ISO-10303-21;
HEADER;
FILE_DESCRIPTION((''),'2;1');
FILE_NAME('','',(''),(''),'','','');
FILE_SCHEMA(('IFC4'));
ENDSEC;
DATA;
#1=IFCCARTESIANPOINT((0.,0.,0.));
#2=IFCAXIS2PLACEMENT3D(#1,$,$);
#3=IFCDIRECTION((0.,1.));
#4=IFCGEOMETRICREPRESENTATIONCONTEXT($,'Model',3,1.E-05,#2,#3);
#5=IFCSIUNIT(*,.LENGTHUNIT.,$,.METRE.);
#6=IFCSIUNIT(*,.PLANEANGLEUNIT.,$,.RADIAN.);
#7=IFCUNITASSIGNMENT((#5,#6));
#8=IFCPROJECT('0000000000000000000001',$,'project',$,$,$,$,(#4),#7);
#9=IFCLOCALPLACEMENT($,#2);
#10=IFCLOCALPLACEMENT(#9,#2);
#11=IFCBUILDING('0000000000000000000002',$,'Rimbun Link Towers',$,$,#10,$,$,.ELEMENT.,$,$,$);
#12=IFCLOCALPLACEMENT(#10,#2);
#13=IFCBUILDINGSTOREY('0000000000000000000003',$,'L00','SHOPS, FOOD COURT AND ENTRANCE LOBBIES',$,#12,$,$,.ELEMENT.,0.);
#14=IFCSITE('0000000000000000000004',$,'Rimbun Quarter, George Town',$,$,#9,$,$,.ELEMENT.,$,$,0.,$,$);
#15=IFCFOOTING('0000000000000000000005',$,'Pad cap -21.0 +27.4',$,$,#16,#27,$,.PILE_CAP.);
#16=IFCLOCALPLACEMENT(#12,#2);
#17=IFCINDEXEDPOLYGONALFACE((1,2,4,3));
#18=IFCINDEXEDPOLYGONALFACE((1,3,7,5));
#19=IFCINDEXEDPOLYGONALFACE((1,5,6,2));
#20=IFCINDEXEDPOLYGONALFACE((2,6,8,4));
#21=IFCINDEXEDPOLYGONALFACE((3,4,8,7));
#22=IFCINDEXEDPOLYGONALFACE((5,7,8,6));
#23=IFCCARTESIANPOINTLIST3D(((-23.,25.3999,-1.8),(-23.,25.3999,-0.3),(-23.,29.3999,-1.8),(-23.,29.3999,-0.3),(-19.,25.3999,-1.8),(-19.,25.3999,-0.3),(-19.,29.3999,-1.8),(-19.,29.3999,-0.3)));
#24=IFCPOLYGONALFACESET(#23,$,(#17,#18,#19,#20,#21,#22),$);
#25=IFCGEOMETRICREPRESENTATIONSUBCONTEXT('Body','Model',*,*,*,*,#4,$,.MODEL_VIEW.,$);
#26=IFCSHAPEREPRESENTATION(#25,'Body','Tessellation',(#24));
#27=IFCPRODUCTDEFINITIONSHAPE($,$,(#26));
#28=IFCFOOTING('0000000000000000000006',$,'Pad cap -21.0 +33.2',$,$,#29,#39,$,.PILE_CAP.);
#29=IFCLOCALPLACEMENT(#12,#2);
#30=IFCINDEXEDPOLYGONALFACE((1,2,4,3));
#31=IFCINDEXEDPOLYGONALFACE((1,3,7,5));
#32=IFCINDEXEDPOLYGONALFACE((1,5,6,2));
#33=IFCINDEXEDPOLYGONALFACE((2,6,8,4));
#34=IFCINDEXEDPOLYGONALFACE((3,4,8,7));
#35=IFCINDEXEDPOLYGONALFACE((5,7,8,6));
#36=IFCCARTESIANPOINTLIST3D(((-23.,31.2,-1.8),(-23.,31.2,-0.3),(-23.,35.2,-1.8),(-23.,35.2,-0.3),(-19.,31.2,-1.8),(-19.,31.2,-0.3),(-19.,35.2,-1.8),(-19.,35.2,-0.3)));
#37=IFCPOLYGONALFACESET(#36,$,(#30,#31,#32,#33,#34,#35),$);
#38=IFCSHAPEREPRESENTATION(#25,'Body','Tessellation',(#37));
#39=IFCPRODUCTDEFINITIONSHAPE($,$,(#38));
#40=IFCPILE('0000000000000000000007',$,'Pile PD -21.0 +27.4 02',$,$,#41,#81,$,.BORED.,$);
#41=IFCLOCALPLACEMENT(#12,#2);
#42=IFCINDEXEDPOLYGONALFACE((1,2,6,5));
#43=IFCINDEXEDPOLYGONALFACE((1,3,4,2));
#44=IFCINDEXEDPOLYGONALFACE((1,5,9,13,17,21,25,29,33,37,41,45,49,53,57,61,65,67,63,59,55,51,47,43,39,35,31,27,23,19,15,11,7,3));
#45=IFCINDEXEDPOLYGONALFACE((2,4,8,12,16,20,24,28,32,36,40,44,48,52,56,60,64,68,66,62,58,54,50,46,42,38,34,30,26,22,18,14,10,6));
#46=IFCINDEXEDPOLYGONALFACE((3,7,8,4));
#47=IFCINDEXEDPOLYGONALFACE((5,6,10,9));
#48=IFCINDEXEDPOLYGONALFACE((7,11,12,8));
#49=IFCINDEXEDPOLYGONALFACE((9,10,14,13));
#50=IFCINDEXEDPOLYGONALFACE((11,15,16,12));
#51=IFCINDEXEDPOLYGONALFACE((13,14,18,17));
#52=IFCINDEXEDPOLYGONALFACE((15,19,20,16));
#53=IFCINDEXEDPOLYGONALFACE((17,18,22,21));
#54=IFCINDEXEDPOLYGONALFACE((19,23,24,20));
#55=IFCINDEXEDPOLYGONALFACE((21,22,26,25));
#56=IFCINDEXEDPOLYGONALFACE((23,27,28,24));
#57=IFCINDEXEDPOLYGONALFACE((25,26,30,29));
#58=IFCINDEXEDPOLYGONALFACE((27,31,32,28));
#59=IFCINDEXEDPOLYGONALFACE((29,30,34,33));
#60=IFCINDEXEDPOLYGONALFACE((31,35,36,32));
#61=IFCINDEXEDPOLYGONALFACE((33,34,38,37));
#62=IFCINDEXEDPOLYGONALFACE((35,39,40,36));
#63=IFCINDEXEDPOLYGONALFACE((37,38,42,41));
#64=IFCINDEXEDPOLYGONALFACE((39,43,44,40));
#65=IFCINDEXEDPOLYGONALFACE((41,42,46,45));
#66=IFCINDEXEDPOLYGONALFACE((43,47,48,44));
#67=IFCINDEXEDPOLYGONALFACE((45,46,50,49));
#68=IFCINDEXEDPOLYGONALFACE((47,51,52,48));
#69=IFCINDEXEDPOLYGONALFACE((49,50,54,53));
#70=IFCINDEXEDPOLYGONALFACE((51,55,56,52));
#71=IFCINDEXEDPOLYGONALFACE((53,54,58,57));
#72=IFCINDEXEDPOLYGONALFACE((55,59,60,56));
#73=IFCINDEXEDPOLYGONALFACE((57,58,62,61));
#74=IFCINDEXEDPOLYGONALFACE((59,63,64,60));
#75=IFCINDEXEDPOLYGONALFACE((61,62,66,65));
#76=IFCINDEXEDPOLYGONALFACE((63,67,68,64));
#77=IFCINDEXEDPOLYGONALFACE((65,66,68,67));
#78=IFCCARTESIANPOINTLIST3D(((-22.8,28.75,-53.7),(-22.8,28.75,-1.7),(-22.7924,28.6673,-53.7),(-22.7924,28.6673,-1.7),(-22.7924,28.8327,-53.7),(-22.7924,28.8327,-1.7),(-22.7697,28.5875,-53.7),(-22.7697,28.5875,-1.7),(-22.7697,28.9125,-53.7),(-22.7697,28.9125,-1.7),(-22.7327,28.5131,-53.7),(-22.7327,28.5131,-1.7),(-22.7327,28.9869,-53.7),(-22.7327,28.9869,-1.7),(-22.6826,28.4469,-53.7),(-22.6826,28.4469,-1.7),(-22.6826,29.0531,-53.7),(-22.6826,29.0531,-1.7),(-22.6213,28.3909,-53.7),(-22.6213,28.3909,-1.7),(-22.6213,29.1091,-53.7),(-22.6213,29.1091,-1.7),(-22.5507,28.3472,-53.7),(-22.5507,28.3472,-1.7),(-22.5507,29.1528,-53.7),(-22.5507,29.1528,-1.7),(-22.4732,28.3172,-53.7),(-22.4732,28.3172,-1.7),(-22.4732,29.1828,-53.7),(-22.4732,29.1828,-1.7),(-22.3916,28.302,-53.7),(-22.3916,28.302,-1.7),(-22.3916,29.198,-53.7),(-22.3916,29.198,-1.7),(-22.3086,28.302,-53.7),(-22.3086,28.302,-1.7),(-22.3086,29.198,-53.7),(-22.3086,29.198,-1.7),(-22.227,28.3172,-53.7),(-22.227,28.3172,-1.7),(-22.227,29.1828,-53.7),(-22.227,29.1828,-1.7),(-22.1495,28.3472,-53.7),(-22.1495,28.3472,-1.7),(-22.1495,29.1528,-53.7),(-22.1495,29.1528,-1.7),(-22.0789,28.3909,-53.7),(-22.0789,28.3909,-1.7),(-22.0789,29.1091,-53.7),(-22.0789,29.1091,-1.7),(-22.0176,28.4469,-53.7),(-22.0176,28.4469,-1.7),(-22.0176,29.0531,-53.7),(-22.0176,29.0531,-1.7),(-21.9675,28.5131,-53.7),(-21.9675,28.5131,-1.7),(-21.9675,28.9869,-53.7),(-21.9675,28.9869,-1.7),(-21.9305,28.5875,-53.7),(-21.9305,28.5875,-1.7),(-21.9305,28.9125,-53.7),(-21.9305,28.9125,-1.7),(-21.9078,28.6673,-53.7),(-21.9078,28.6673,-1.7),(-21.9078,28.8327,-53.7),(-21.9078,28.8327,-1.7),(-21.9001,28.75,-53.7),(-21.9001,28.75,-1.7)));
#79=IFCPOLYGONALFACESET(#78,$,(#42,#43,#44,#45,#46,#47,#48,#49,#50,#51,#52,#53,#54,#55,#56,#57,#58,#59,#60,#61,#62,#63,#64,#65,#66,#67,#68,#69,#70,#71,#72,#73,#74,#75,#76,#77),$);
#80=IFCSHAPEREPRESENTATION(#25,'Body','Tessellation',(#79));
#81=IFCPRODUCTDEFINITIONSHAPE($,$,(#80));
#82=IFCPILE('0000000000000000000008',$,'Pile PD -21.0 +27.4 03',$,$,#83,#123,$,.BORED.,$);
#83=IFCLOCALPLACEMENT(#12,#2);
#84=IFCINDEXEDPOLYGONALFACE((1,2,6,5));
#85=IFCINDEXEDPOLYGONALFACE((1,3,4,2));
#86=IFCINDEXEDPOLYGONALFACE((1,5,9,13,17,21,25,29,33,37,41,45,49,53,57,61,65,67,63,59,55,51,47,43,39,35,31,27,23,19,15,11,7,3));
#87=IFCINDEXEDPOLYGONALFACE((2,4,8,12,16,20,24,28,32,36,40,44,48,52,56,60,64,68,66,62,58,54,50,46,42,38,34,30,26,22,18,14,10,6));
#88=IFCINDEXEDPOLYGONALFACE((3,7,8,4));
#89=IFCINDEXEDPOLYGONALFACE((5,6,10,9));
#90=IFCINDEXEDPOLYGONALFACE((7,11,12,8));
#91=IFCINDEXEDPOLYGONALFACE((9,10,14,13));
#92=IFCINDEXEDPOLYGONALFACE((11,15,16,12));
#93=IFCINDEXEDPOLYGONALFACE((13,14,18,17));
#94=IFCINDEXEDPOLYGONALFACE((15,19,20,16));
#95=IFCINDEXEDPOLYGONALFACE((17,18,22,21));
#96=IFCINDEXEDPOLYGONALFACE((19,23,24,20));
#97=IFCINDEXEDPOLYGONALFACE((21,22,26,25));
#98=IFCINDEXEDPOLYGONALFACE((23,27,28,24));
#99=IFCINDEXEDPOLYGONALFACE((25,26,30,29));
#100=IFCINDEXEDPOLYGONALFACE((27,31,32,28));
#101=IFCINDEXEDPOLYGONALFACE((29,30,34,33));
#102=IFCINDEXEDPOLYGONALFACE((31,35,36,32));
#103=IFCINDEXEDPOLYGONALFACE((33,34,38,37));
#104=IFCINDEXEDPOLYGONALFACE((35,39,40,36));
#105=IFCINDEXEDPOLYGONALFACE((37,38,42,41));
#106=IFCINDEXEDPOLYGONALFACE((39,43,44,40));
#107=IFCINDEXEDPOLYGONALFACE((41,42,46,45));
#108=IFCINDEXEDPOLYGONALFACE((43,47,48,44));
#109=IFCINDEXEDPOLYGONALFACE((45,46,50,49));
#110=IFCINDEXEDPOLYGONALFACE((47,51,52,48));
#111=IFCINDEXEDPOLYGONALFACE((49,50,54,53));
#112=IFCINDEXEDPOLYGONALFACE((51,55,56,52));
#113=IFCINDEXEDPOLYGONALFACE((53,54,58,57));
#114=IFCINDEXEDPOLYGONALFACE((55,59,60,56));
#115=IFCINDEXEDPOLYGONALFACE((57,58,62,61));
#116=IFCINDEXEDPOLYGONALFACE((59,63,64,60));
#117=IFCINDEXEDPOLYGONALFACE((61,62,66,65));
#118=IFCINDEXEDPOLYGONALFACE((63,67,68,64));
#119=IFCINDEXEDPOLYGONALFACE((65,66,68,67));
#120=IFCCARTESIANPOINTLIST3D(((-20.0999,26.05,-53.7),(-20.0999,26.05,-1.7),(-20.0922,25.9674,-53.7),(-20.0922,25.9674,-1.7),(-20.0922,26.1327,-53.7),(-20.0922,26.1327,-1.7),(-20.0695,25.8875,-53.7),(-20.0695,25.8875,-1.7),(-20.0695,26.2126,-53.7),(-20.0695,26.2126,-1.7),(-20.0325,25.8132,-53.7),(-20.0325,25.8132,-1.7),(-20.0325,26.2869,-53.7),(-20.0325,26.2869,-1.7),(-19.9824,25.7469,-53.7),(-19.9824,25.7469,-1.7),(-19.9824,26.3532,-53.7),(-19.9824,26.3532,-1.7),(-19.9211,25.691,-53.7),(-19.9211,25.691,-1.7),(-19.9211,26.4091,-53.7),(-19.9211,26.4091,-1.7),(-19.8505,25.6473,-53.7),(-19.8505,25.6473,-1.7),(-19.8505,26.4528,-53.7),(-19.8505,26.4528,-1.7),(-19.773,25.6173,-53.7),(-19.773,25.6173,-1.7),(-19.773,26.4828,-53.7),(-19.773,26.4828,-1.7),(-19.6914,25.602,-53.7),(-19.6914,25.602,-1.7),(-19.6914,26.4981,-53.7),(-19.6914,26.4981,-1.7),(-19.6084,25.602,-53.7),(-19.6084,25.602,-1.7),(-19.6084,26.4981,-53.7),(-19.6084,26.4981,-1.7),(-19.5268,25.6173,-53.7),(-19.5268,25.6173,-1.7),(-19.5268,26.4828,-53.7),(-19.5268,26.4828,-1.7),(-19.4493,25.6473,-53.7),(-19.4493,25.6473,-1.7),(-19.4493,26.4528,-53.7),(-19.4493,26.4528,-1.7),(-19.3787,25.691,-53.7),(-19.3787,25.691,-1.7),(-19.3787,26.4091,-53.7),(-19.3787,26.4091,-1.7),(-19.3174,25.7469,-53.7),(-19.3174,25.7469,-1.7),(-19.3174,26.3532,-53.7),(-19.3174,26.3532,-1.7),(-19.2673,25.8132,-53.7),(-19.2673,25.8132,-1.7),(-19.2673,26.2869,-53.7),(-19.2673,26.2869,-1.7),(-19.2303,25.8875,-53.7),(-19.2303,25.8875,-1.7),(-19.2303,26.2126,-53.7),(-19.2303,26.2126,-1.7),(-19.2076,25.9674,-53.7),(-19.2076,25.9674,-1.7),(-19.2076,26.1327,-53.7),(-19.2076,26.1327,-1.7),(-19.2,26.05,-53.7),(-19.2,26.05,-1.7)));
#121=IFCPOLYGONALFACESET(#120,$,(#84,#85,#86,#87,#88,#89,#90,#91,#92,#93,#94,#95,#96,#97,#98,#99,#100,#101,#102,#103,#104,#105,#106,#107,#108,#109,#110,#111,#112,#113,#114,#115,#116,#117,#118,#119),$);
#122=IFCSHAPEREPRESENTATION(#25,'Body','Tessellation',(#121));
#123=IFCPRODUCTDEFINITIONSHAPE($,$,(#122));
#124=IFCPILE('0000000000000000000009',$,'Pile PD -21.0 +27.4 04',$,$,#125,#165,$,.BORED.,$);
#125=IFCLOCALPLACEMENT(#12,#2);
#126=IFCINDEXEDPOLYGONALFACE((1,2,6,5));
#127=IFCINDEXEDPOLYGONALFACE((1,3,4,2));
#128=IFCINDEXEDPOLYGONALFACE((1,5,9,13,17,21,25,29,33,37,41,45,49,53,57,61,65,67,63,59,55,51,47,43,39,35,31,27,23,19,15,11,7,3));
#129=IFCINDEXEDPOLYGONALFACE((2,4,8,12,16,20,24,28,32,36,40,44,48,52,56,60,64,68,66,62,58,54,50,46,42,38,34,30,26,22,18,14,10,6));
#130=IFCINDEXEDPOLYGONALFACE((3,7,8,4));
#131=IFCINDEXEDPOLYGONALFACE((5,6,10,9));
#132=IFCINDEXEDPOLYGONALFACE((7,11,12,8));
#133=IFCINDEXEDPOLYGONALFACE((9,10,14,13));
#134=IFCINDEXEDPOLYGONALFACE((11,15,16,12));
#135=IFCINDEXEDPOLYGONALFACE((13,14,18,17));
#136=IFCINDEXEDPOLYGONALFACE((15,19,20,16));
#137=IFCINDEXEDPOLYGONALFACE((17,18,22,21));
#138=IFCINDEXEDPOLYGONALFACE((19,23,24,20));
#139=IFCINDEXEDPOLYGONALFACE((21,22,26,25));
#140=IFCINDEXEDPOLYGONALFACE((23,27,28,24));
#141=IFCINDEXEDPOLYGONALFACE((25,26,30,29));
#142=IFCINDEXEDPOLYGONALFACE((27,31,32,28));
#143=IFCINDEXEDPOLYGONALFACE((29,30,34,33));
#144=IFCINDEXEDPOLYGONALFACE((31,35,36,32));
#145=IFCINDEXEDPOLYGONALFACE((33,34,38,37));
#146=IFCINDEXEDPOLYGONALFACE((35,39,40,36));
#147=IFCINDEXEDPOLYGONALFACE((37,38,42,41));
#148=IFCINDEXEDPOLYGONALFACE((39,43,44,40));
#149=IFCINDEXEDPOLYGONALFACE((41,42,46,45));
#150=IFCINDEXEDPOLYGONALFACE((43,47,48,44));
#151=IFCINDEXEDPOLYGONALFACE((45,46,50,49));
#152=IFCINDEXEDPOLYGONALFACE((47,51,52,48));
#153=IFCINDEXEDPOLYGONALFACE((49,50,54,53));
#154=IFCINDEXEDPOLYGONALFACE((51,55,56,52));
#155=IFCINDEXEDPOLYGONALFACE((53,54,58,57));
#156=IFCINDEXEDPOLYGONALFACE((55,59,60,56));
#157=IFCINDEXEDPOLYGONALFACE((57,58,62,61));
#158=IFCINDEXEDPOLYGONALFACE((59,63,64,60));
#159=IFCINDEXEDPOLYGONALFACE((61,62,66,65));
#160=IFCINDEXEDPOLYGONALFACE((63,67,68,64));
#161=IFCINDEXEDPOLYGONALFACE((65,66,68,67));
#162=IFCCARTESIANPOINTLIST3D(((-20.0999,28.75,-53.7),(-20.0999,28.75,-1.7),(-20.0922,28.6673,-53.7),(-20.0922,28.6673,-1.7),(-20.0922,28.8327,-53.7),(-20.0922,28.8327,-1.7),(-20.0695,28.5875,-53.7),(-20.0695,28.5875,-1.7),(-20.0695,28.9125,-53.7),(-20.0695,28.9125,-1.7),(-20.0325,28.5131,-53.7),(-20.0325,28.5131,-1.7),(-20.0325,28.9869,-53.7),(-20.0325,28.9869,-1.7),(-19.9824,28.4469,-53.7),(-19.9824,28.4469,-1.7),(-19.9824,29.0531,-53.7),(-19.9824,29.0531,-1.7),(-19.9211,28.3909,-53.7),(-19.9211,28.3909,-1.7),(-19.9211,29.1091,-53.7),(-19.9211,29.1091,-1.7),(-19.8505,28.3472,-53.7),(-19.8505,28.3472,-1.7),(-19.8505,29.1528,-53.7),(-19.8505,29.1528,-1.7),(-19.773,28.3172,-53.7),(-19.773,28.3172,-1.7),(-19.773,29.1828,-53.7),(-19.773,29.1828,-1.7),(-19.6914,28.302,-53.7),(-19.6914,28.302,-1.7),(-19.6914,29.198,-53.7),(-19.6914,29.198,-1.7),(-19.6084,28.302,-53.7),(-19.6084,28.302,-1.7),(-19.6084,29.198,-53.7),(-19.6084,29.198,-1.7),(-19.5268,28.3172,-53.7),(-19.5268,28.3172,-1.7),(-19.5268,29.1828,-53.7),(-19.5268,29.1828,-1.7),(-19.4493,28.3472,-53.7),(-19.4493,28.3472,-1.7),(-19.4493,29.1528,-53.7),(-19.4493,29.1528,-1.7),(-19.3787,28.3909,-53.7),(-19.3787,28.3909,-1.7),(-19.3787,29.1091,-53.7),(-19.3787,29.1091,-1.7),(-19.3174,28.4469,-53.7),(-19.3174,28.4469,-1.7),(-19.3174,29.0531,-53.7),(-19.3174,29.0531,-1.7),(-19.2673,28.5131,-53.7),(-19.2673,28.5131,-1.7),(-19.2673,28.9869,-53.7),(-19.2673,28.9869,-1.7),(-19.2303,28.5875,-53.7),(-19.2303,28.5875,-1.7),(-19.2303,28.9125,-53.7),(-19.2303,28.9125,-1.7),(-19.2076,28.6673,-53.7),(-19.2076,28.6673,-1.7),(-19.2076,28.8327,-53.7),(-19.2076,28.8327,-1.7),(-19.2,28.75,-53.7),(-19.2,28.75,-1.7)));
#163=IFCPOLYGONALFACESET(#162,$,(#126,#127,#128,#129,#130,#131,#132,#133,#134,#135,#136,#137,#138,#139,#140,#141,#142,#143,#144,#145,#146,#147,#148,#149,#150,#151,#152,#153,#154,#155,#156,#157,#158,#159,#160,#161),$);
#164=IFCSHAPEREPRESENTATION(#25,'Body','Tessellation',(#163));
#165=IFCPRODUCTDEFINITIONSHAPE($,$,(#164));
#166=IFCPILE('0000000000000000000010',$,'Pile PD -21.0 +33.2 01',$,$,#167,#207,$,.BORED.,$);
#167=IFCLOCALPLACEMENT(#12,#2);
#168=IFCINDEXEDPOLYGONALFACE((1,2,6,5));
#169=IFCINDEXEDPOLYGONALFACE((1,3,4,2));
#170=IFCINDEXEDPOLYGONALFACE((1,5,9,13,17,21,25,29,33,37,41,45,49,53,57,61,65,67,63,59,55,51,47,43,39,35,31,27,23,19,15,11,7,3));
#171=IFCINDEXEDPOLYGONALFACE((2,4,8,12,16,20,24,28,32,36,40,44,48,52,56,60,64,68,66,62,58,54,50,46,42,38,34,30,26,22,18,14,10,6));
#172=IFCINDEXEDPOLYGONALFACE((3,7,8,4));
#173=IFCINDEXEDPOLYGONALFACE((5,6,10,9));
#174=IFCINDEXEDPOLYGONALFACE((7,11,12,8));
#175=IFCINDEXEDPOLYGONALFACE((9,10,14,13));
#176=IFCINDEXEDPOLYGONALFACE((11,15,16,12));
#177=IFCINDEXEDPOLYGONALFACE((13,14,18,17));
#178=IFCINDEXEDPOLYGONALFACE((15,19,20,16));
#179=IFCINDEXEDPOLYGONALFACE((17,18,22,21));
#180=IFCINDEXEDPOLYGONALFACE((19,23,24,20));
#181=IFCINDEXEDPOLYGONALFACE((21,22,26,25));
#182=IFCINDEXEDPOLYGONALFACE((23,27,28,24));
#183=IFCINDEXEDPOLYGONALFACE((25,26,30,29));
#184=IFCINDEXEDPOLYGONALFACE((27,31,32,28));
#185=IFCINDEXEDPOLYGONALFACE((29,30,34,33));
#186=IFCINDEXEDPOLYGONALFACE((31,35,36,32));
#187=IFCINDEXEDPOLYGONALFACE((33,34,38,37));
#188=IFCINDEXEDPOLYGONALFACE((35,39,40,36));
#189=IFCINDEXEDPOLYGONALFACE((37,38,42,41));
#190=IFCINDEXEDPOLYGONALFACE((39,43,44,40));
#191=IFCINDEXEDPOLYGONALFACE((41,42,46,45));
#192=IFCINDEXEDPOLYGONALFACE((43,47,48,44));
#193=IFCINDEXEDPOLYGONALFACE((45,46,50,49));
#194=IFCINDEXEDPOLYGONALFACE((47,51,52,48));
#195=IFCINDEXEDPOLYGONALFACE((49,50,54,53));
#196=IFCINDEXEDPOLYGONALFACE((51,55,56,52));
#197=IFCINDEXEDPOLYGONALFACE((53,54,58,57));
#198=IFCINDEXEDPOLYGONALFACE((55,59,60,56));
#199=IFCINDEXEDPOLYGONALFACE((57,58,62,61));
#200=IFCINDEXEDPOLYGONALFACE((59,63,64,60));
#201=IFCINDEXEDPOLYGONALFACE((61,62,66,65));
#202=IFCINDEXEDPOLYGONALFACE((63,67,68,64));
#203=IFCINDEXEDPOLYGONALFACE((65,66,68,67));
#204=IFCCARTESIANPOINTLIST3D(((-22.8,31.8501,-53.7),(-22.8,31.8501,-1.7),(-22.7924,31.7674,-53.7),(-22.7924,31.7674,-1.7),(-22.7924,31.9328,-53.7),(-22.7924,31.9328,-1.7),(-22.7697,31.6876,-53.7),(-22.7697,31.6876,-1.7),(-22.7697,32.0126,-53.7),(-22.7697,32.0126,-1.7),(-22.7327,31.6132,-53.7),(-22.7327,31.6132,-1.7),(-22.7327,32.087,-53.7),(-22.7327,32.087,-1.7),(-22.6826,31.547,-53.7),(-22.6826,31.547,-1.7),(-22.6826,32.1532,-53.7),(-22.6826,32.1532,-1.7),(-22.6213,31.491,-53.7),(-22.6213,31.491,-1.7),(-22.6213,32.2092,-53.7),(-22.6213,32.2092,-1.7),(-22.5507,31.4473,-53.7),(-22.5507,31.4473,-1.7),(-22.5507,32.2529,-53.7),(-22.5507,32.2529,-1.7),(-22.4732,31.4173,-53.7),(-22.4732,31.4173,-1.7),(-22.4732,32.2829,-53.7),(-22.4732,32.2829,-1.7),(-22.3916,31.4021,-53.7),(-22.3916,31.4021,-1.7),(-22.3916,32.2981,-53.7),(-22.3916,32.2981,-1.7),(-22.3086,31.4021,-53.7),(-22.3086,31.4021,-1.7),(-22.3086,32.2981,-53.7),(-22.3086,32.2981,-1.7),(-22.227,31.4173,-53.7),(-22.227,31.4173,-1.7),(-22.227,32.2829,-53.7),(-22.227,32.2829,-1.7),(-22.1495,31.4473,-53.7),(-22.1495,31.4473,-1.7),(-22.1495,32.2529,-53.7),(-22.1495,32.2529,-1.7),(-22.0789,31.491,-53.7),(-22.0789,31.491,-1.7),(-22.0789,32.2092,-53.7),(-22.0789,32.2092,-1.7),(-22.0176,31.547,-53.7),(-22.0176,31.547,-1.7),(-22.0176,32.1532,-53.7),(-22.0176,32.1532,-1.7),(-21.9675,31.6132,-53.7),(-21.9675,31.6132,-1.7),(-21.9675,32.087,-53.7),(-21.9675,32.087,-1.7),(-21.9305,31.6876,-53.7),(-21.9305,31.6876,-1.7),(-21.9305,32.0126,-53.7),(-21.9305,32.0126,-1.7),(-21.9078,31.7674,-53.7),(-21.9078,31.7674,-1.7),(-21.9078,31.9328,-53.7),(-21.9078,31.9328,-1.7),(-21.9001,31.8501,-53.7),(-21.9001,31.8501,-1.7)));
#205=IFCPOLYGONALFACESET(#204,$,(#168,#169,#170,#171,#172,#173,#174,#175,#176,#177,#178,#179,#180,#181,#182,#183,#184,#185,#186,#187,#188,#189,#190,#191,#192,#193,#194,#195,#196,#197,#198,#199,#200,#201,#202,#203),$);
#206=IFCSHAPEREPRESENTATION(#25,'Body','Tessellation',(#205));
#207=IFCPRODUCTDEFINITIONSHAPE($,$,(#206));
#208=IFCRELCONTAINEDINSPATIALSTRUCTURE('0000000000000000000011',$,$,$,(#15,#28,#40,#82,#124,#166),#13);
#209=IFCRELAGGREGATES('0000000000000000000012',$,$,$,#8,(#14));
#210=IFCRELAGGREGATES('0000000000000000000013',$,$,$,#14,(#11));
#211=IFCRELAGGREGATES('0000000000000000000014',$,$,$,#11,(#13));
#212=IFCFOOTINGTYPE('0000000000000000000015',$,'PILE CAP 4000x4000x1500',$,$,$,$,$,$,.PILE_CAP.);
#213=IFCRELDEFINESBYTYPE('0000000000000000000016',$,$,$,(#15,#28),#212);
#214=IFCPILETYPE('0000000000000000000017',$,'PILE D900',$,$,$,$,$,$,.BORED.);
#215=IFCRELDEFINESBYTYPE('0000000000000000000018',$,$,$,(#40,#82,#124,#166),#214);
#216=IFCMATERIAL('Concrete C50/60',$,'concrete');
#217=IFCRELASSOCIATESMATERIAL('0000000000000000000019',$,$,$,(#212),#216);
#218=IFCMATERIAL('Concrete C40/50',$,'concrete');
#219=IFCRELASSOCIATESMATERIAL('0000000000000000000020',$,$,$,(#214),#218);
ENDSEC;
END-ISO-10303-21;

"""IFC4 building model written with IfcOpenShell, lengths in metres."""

from ifc_helpers import new_model, si_unit, direction, frame, origin, origin_2d, place, context, subcontext, project, spatial, rectangle, circle, extrude, material, material_profile, profile_set, type_object, element, save


model = new_model("IFC4")

# Units and contexts
model_context = context("Model", 3, precision=1e-05, world=origin(), true_north=direction((0.0, 1.0)))
body_context = subcontext(model_context, "Body", "Model", "MODEL_VIEW")
ifc_project = project(units=[si_unit("LENGTHUNIT", "METRE"), si_unit("PLANEANGLEUNIT", "RADIAN")], contexts=[model_context])

# Site, building, storey
site_placement = place(None, origin())
site = spatial("IfcSite", under=ifc_project, at=site_placement, Name="Rimbun Quarter, George Town", CompositionType="ELEMENT", RefElevation=0.0)
building_placement = place(site_placement, origin())
building = spatial("IfcBuilding", under=site, at=building_placement, Name="Rimbun Link Towers", CompositionType="ELEMENT")
storey_placement = place(building_placement, origin())
storey = spatial("IfcBuildingStorey", under=building, at=storey_placement, Name="L00", Description="SHOPS, FOOD COURT AND ENTRANCE LOBBIES", CompositionType="ELEMENT", Elevation=0.0)

# Footings
ifc_material_1 = material(Name="Concrete C50/60", Category="concrete")
footing_type = type_object("IfcFootingType", Name="PILE CAP 4000x4000x1500", PredefinedType="PILE_CAP", material=ifc_material_1)
for number, where, z_axis, x_axis, name in (
    (1, (-21.0, 27.3999, -1.8), (0.0, 0.0, 1.0), (1.0, 0.0, 0.0), "Pad cap -21.0 +27.4"),
    (2, (-21.0, 33.2, -1.8), (0.0, 0.0, 1.0), (1.0, 0.0, 0.0), "Pad cap -21.0 +33.2"),
):
    element("IfcFooting", number, at=place(storey_placement, frame(where, z_axis=z_axis, x_axis=x_axis)), inside=storey, type_object=footing_type, Name=name, PredefinedType="PILE_CAP", context=body_context, shape_type="SweptSolid", body=[
        extrude(rectangle(XDim=4.0, YDim=4.0, at=origin_2d()), origin(), (0.0, 0.0, 1.0), 1.5),
    ])

# Piles
ifc_material_2 = material(Name="Concrete C40/50", Category="concrete")
ifc_material_profile_1 = material_profile(ifc_material_2, circle(Radius=0.45, at=origin_2d()), Name="PILE D900")
ifc_profile_set_1 = profile_set([ifc_material_profile_1], Name="Concrete C40/50")
pile_type = type_object("IfcPileType", Name="PILE D900", PredefinedType="BORED", material=ifc_profile_set_1)
for number, where, z_axis, x_axis, name in (
    (3, (-22.3501, 28.75, -1.7), (0.0, 0.0, -1.0), (1.0, 0.0, 0.0), "Pile PD -21.0 +27.4 02"),
    (4, (-19.6499, 26.05, -1.7), (0.0, 0.0, -1.0), (1.0, 0.0, 0.0), "Pile PD -21.0 +27.4 03"),
    (5, (-19.6499, 28.75, -1.7), (0.0, 0.0, -1.0), (1.0, 0.0, 0.0), "Pile PD -21.0 +27.4 04"),
    (6, (-22.3501, 31.8501, -1.7), (0.0, 0.0, -1.0), (1.0, 0.0, 0.0), "Pile PD -21.0 +33.2 01"),
):
    element("IfcPile", number, at=place(storey_placement, frame(where, z_axis=z_axis, x_axis=x_axis)), inside=storey, type_object=pile_type, Name=name, PredefinedType="BORED", context=body_context, shape_type="SweptSolid", body=[
        extrude(circle(Radius=0.45, at=origin_2d()), origin(), (0.0, 0.0, 1.0), 52.0),
    ])

save(model, "model.ifc")
